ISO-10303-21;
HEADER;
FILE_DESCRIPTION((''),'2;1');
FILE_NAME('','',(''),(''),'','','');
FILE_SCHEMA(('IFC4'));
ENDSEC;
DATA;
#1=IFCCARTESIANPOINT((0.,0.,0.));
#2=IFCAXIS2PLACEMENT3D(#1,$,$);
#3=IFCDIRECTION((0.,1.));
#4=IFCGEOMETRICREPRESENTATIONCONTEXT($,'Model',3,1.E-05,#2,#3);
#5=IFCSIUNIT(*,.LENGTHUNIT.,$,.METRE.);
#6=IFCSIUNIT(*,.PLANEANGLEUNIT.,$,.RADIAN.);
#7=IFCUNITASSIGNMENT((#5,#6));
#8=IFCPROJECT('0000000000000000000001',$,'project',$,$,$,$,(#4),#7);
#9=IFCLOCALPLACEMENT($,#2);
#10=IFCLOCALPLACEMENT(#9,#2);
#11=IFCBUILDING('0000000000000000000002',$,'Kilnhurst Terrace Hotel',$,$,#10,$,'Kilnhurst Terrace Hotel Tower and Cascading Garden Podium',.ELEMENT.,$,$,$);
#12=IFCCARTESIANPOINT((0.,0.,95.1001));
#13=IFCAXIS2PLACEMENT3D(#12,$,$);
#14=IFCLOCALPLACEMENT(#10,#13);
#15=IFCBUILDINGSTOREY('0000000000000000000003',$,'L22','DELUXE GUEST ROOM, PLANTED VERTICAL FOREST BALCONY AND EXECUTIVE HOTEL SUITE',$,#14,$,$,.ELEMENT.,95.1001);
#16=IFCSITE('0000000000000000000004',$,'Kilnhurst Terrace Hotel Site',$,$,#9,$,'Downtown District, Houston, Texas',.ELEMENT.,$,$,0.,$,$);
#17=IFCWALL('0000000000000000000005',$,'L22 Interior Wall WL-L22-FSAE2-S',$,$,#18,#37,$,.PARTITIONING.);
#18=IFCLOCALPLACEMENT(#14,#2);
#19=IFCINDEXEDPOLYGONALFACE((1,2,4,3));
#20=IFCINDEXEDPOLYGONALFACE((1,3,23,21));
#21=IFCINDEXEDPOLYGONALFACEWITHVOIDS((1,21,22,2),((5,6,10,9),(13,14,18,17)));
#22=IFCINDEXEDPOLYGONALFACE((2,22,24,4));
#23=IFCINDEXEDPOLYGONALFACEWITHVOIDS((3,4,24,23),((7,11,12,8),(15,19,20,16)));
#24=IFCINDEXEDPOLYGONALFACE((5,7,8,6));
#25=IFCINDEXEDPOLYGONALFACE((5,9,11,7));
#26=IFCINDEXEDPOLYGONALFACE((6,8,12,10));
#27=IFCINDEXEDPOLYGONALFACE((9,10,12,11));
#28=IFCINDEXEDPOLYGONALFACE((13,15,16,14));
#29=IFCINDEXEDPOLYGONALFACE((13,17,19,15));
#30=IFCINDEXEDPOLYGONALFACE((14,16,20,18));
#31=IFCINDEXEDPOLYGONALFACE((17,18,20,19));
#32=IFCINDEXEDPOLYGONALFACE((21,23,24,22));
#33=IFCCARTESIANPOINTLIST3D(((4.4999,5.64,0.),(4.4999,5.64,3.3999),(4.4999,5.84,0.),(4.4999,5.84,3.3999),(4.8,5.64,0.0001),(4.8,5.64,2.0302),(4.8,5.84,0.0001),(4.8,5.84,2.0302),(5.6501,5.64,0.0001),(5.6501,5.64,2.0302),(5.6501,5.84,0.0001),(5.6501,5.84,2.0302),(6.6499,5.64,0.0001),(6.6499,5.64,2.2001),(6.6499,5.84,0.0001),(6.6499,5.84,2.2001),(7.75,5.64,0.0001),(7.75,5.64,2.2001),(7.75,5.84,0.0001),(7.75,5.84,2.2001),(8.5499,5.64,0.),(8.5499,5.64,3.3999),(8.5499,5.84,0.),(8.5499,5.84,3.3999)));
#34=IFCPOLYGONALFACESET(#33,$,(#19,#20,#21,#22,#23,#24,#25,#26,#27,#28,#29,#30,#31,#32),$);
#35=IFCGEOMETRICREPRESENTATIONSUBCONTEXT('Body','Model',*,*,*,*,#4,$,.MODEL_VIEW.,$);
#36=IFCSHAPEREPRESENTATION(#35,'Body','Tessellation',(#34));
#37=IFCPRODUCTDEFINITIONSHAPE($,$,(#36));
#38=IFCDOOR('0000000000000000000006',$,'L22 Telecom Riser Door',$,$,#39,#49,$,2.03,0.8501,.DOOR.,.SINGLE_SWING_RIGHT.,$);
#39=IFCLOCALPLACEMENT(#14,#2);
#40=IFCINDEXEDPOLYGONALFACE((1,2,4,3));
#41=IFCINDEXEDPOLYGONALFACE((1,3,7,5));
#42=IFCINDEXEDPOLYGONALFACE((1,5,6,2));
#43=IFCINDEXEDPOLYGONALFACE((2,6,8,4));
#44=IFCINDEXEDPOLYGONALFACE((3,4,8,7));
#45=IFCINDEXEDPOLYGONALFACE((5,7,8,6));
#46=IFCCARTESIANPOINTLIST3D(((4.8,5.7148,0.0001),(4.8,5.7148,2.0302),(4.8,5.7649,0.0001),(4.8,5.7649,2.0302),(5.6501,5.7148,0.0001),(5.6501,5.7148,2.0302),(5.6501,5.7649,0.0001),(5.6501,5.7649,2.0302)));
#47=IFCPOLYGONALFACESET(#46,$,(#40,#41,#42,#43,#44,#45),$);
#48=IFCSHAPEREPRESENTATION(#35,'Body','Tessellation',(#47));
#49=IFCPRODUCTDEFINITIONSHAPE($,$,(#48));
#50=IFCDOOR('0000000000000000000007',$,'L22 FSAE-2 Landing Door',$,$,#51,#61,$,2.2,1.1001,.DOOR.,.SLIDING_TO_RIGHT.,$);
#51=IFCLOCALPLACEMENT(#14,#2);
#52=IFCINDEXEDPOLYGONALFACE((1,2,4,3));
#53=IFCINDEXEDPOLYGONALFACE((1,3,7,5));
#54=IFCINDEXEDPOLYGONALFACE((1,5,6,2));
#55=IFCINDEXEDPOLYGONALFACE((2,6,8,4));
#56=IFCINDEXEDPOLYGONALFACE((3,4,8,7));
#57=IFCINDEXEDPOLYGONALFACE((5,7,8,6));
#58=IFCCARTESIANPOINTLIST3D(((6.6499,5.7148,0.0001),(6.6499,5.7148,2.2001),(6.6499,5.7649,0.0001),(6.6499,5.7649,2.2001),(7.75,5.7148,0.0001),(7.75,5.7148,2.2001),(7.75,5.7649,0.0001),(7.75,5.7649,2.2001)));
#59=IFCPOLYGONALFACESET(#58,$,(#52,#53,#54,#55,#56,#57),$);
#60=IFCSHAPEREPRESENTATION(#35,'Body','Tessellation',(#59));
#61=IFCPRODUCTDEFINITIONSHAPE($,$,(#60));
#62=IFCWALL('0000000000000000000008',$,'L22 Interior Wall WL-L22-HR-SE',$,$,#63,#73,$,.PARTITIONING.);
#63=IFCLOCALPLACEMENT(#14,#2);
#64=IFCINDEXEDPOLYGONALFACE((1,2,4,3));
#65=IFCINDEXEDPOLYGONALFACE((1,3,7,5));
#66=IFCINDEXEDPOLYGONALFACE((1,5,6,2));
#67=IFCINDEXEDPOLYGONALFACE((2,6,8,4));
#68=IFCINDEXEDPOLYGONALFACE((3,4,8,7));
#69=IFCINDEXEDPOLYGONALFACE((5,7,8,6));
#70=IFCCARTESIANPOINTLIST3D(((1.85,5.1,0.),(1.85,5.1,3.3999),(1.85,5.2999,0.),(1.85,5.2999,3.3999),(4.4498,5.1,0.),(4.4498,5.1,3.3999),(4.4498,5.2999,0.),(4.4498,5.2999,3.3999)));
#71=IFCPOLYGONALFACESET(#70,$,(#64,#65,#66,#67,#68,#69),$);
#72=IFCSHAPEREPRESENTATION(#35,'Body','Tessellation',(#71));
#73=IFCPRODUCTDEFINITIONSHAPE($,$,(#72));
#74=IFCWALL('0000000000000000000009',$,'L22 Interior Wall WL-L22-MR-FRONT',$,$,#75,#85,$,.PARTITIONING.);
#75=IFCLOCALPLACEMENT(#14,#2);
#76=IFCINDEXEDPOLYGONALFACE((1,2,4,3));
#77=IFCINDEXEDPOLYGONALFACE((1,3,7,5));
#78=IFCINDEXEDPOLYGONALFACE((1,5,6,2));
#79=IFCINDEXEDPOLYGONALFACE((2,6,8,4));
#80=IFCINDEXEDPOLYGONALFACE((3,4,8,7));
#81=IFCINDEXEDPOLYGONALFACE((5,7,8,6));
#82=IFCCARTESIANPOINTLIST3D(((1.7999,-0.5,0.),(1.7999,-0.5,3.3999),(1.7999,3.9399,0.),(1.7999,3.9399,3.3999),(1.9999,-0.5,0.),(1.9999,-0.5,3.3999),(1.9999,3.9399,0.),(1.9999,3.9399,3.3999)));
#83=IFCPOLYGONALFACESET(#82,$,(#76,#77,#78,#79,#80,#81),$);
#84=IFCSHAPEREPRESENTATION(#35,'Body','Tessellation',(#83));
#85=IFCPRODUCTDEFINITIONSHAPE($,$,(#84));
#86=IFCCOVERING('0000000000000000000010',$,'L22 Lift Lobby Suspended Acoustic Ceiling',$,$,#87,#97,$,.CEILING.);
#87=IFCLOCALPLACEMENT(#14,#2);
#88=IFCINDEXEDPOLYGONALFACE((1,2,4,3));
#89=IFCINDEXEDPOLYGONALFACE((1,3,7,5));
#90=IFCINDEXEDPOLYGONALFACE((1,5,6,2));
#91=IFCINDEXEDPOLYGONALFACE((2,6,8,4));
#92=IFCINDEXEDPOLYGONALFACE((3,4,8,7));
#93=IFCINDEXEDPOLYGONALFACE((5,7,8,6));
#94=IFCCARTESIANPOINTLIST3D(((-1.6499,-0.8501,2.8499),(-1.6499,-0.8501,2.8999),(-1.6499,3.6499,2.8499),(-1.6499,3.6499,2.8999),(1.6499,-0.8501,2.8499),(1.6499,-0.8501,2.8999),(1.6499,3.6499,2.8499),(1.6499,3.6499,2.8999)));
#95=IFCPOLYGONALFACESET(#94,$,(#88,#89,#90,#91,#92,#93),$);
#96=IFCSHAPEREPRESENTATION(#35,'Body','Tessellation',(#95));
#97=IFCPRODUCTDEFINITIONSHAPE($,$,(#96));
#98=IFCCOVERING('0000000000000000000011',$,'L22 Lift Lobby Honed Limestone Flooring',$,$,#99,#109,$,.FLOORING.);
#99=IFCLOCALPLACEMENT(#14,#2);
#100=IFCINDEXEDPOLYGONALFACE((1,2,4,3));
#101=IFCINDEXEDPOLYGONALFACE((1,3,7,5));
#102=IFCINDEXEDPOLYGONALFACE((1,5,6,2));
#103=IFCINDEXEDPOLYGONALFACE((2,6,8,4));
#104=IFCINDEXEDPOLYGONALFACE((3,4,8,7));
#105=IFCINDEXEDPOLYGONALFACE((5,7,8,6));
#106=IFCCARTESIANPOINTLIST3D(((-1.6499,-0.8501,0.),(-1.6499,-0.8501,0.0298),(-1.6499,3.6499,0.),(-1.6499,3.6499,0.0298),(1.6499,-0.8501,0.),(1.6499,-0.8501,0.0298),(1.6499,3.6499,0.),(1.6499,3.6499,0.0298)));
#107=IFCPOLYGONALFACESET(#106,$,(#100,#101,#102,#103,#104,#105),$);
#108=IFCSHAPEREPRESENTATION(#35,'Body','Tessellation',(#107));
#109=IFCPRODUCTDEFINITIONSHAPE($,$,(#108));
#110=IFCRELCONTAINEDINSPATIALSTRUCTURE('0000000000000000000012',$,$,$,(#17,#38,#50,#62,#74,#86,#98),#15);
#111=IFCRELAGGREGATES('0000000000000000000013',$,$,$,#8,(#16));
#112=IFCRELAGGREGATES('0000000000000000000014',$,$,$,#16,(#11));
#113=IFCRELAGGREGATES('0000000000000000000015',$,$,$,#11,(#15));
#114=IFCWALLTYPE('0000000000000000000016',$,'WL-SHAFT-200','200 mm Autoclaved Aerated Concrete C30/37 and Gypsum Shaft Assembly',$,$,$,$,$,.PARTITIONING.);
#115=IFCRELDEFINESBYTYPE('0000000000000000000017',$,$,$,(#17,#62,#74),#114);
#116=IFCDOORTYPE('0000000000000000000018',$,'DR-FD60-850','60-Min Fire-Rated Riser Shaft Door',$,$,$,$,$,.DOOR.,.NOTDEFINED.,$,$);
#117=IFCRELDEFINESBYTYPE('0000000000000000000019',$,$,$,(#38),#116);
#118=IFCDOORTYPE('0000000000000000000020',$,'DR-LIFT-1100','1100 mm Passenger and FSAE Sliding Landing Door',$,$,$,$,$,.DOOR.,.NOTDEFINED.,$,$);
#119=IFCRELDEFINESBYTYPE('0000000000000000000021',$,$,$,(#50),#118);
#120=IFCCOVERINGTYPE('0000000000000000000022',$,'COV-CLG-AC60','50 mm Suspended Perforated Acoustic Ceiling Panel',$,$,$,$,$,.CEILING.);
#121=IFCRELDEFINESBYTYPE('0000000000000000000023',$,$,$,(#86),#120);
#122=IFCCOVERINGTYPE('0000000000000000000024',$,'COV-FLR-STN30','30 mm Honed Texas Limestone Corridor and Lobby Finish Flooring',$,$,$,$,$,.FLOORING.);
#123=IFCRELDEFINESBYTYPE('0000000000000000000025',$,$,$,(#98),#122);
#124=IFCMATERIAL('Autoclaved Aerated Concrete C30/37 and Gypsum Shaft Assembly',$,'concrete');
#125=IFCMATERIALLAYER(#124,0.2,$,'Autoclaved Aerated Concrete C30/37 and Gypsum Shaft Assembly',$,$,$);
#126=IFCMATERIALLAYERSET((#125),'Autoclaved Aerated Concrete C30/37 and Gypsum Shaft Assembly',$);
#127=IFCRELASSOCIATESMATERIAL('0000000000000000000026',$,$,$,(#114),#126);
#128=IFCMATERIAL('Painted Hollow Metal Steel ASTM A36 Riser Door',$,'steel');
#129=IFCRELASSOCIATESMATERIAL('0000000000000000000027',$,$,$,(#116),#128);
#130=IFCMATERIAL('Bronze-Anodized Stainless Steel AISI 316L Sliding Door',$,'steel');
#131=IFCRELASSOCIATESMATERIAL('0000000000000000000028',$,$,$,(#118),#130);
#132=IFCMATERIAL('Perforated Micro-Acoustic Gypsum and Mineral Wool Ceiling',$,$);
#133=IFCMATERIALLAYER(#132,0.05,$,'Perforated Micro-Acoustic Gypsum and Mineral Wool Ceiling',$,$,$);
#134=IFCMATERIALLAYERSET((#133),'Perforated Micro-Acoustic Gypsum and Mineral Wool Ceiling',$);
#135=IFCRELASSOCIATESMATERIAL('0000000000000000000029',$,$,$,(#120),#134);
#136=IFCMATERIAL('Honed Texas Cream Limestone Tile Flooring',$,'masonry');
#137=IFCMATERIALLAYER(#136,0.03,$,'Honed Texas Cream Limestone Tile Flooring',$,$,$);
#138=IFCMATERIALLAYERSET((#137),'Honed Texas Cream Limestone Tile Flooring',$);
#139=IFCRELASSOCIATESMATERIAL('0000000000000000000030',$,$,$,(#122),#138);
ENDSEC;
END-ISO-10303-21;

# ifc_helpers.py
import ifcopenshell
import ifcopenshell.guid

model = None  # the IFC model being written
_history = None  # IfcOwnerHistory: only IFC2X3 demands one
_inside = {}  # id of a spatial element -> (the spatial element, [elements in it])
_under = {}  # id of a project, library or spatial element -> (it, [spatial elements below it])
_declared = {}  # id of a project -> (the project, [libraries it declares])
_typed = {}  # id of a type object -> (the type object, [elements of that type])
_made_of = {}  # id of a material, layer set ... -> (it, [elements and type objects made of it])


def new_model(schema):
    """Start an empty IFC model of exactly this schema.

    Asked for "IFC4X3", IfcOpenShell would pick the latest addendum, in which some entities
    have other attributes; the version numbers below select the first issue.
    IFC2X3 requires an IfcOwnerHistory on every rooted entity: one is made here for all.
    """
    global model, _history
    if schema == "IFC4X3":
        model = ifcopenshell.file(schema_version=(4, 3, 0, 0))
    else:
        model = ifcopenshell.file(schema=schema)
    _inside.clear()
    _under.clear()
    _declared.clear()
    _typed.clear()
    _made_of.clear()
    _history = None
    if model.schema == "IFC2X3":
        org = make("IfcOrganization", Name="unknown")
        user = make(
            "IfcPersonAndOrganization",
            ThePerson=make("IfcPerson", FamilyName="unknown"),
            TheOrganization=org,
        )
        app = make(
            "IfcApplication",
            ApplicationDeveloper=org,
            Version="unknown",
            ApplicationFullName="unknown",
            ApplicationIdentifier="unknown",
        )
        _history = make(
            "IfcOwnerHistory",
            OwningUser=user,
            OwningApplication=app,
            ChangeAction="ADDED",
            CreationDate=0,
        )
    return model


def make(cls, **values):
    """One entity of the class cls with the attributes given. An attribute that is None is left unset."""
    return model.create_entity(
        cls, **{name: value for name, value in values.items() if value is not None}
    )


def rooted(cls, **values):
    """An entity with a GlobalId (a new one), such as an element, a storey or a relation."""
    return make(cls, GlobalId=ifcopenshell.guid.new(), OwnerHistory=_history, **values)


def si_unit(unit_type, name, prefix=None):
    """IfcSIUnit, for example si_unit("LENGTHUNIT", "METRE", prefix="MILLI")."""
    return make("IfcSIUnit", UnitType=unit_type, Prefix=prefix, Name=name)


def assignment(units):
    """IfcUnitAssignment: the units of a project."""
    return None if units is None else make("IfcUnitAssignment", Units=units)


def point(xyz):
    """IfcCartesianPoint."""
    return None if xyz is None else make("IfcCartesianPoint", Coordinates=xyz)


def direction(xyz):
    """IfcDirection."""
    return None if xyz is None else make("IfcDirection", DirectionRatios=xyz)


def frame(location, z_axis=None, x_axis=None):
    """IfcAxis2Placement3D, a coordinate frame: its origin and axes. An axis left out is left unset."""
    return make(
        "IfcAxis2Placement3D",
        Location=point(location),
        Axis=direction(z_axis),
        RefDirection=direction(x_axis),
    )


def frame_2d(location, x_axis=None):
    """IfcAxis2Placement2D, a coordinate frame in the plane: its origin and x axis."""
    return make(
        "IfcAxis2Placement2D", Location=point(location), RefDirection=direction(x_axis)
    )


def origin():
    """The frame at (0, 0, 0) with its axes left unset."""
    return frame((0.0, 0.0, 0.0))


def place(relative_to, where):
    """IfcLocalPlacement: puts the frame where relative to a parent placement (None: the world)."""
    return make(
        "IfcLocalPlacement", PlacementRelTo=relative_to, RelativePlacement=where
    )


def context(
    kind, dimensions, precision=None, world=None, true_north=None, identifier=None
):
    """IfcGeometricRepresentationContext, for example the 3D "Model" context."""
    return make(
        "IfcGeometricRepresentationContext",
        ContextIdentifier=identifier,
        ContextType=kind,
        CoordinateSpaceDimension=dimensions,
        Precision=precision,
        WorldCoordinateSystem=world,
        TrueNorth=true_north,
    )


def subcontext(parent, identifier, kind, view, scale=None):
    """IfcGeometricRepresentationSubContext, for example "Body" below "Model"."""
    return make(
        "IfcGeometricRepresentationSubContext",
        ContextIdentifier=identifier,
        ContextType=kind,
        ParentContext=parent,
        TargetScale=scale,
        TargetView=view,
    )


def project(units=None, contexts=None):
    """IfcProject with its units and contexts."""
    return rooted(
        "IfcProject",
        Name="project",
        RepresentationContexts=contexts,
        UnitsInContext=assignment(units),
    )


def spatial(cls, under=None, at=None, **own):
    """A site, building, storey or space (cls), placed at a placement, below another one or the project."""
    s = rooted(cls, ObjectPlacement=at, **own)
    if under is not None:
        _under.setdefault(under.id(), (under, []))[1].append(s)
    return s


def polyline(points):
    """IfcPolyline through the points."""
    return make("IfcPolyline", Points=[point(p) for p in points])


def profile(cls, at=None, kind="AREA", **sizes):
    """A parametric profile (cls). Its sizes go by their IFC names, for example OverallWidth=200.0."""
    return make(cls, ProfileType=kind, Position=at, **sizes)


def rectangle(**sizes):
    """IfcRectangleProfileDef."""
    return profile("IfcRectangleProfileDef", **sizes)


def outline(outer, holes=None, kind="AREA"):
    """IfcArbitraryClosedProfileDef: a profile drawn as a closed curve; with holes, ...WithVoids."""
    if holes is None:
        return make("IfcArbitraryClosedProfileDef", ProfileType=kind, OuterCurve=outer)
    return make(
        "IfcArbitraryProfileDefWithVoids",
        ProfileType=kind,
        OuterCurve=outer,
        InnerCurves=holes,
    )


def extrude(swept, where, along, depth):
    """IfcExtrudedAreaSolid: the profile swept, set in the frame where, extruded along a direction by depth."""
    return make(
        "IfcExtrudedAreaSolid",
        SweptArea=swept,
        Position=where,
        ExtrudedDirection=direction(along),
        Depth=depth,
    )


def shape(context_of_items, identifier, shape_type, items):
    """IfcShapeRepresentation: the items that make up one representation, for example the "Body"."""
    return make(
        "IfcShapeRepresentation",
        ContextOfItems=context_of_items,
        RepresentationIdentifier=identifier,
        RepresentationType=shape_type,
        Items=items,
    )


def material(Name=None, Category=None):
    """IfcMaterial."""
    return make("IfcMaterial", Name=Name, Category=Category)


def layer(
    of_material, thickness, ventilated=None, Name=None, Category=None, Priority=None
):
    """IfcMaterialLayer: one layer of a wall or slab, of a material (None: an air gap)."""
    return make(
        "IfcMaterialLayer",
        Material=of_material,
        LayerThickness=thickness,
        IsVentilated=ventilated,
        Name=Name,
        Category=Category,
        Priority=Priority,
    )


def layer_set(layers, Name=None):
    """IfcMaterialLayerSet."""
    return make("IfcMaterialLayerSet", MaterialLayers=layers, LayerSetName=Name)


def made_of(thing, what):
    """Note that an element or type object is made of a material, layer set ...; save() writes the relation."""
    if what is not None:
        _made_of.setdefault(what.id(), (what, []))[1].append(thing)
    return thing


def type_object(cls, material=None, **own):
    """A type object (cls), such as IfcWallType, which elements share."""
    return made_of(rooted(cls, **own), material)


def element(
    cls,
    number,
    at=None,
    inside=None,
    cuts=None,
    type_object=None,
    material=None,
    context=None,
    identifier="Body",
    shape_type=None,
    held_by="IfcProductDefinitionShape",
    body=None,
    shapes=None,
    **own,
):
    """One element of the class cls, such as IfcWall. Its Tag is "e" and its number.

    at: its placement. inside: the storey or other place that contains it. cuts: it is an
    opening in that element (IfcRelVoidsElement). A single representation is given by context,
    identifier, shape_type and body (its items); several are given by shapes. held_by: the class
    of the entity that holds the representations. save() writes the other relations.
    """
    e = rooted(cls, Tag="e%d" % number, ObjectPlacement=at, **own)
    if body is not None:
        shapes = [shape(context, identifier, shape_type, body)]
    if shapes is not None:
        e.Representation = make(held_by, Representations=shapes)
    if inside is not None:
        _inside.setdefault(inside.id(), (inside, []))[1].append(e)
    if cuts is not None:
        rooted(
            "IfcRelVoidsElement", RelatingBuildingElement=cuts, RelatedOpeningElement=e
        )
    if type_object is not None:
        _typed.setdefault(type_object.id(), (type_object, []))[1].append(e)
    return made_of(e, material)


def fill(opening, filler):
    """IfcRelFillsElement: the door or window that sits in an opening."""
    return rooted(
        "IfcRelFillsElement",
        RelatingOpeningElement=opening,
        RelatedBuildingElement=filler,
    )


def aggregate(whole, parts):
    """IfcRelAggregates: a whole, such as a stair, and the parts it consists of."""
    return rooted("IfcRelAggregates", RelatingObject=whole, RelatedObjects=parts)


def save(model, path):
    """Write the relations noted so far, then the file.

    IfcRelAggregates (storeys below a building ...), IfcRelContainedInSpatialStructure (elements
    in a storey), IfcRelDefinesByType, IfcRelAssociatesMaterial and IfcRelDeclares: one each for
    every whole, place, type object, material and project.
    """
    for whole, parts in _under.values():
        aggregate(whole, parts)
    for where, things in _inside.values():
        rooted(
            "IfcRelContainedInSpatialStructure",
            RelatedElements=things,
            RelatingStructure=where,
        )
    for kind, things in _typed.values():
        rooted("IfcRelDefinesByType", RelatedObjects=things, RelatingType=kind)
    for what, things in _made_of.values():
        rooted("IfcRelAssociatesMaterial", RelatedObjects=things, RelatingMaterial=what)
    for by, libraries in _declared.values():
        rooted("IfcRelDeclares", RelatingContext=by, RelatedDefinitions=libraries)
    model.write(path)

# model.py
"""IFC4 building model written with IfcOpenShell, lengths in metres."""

from ifc_helpers import new_model, si_unit, direction, frame, frame_2d, origin, place, context, subcontext, project, spatial, polyline, rectangle, outline, extrude, material, layer, layer_set, type_object, element, fill, save


model = new_model("IFC4")

# Units and contexts
model_context = context("Model", 3, precision=1e-05, world=origin(), true_north=direction((0.0, 1.0)))
body_context = subcontext(model_context, "Body", "Model", "MODEL_VIEW")
ifc_project = project(units=[si_unit("LENGTHUNIT", "METRE"), si_unit("PLANEANGLEUNIT", "RADIAN")], contexts=[model_context])

# Site, building, storey
site_placement = place(None, origin())
site = spatial("IfcSite", under=ifc_project, at=site_placement, Name="Kilnhurst Terrace Hotel Site", LongName="Downtown District, Houston, Texas", CompositionType="ELEMENT", RefElevation=0.0)
building_placement = place(site_placement, origin())
building = spatial("IfcBuilding", under=site, at=building_placement, Name="Kilnhurst Terrace Hotel", LongName="Kilnhurst Terrace Hotel Tower and Cascading Garden Podium", CompositionType="ELEMENT")
storey_placement = place(building_placement, frame((0.0, 0.0, 95.1001)))
storey = spatial("IfcBuildingStorey", under=building, at=storey_placement, Name="L22", Description="DELUXE GUEST ROOM, PLANTED VERTICAL FOREST BALCONY AND EXECUTIVE HOTEL SUITE", CompositionType="ELEMENT", Elevation=95.1001)

# Wall, openings, doors
ifc_material_1 = material(Name="Autoclaved Aerated Concrete C30/37 and Gypsum Shaft Assembly", Category="concrete")
ifc_layer_1 = layer(ifc_material_1, 0.2, Name="Autoclaved Aerated Concrete C30/37 and Gypsum Shaft Assembly")
ifc_layer_set_1 = layer_set([ifc_layer_1], Name="Autoclaved Aerated Concrete C30/37 and Gypsum Shaft Assembly")
wall_type_1 = type_object("IfcWallType", Name="WL-SHAFT-200", Description="200 mm Autoclaved Aerated Concrete C30/37 and Gypsum Shaft Assembly", PredefinedType="PARTITIONING", material=ifc_layer_set_1)
wall_1_placement = place(storey_placement, frame((4.5, 5.74, 0.0), z_axis=(0.0, 0.0, 1.0), x_axis=(1.0, 0.0, 0.0)))
wall_1 = element("IfcWall", 1, at=wall_1_placement, inside=storey, type_object=wall_type_1, Name="L22 Interior Wall WL-L22-FSAE2-S", PredefinedType="PARTITIONING", context=body_context, shape_type="SweptSolid", body=[
    extrude(rectangle(XDim=4.05, YDim=0.2, at=frame_2d((2.0249, 0.0))), origin(), (0.0, 0.0, 1.0), 3.3999),
])
opening_1_placement = place(wall_1_placement, frame((0.3, 0.0, 0.0)))
opening_1 = element("IfcOpeningElement", 2, at=opening_1_placement, cuts=wall_1, PredefinedType="OPENING", context=body_context, shape_type="SweptSolid", body=[
    extrude(rectangle(XDim=0.8501, YDim=2.03, at=frame_2d((0.425, 1.0151))), frame((0.0, 0.1099, 0.0), z_axis=(0.0, -1.0, 0.0), x_axis=(1.0, 0.0, 0.0)), (0.0, 0.0, 1.0), 0.22),
])
opening_2_placement = place(wall_1_placement, frame((2.1499, 0.0, 0.0)))
opening_2 = element("IfcOpeningElement", 3, at=opening_2_placement, cuts=wall_1, PredefinedType="OPENING", context=body_context, shape_type="SweptSolid", body=[
    extrude(rectangle(XDim=1.1001, YDim=2.2, at=frame_2d((0.55, 1.1001))), frame((0.0, 0.1099, 0.0), z_axis=(0.0, -1.0, 0.0), x_axis=(1.0, 0.0, 0.0)), (0.0, 0.0, 1.0), 0.22),
])
ifc_material_2 = material(Name="Painted Hollow Metal Steel ASTM A36 Riser Door", Category="steel")
door_type_1 = type_object("IfcDoorType", Name="DR-FD60-850", Description="60-Min Fire-Rated Riser Shaft Door", OperationType="NOTDEFINED", PredefinedType="DOOR", material=ifc_material_2)
door_1_placement = place(opening_1_placement, origin())
door_1 = element("IfcDoor", 4, at=door_1_placement, inside=storey, type_object=door_type_1, Name="L22 Telecom Riser Door", OperationType="SINGLE_SWING_RIGHT", OverallHeight=2.03, OverallWidth=0.8501, PredefinedType="DOOR", context=body_context, shape_type="SweptSolid", body=[
    extrude(rectangle(XDim=0.8501, YDim=2.03, at=frame_2d((0.425, 1.0151))), frame((0.0, 0.0249, 0.0), z_axis=(0.0, -1.0, 0.0), x_axis=(1.0, 0.0, 0.0)), (0.0, 0.0, 1.0), 0.05),
])
fill(opening_1, door_1)
ifc_material_3 = material(Name="Bronze-Anodized Stainless Steel AISI 316L Sliding Door", Category="steel")
door_type_2 = type_object("IfcDoorType", Name="DR-LIFT-1100", Description="1100 mm Passenger and FSAE Sliding Landing Door", OperationType="NOTDEFINED", PredefinedType="DOOR", material=ifc_material_3)
door_2_placement = place(opening_2_placement, origin())
door_2 = element("IfcDoor", 5, at=door_2_placement, inside=storey, type_object=door_type_2, Name="L22 FSAE-2 Landing Door", OperationType="SLIDING_TO_RIGHT", OverallHeight=2.2, OverallWidth=1.1001, PredefinedType="DOOR", context=body_context, shape_type="SweptSolid", body=[
    extrude(rectangle(XDim=1.1001, YDim=2.2, at=frame_2d((0.55, 1.1001))), frame((0.0, 0.0249, 0.0), z_axis=(0.0, -1.0, 0.0), x_axis=(1.0, 0.0, 0.0)), (0.0, 0.0, 1.0), 0.05),
])
fill(opening_2, door_2)

# Walls
wall_2_placement = place(storey_placement, frame((1.8501, 5.2, 0.0), z_axis=(0.0, 0.0, 1.0), x_axis=(1.0, 0.0, 0.0)))
element("IfcWall", 6, at=wall_2_placement, inside=storey, type_object=wall_type_1, Name="L22 Interior Wall WL-L22-HR-SE", PredefinedType="PARTITIONING", context=body_context, shape_type="SweptSolid", body=[
    extrude(rectangle(XDim=2.5999, YDim=0.2, at=frame_2d((1.2998, 0.0))), origin(), (0.0, 0.0, 1.0), 3.3999),
])
wall_3_placement = place(storey_placement, frame((1.8999, -0.5, 0.0), z_axis=(0.0, 0.0, 1.0), x_axis=(0.0, 1.0, 0.0)))
element("IfcWall", 7, at=wall_3_placement, inside=storey, type_object=wall_type_1, Name="L22 Interior Wall WL-L22-MR-FRONT", PredefinedType="PARTITIONING", context=body_context, shape_type="SweptSolid", body=[
    extrude(rectangle(XDim=4.4399, YDim=0.2, at=frame_2d((2.22, 0.0))), origin(), (0.0, 0.0, 1.0), 3.3999),
])

# Coverings
ifc_material_4 = material(Name="Perforated Micro-Acoustic Gypsum and Mineral Wool Ceiling")
ifc_layer_2 = layer(ifc_material_4, 0.05, Name="Perforated Micro-Acoustic Gypsum and Mineral Wool Ceiling")
ifc_layer_set_2 = layer_set([ifc_layer_2], Name="Perforated Micro-Acoustic Gypsum and Mineral Wool Ceiling")
covering_type_1 = type_object("IfcCoveringType", Name="COV-CLG-AC60", Description="50 mm Suspended Perforated Acoustic Ceiling Panel", PredefinedType="CEILING", material=ifc_layer_set_2)
covering_1_placement = place(storey_placement, frame((0.0, 0.0, 2.8499)))
element("IfcCovering", 8, at=covering_1_placement, inside=storey, type_object=covering_type_1, Name="L22 Lift Lobby Suspended Acoustic Ceiling", PredefinedType="CEILING", context=body_context, shape_type="SweptSolid", body=[
    extrude(outline(polyline([(-1.6499, -0.8501), (1.6499, -0.8501), (1.6499, 3.6499), (-1.6499, 3.6499), (-1.6499, -0.8501)])), origin(), (0.0, 0.0, 1.0), 0.05),
])
ifc_material_5 = material(Name="Honed Texas Cream Limestone Tile Flooring", Category="masonry")
ifc_layer_3 = layer(ifc_material_5, 0.03, Name="Honed Texas Cream Limestone Tile Flooring")
ifc_layer_set_3 = layer_set([ifc_layer_3], Name="Honed Texas Cream Limestone Tile Flooring")
covering_type_2 = type_object("IfcCoveringType", Name="COV-FLR-STN30", Description="30 mm Honed Texas Limestone Corridor and Lobby Finish Flooring", PredefinedType="FLOORING", material=ifc_layer_set_3)
covering_2_placement = place(storey_placement, origin())
element("IfcCovering", 9, at=covering_2_placement, inside=storey, type_object=covering_type_2, Name="L22 Lift Lobby Honed Limestone Flooring", PredefinedType="FLOORING", context=body_context, shape_type="SweptSolid", body=[
    extrude(outline(polyline([(-1.6499, -0.8501), (1.6499, -0.8501), (1.6499, 3.6499), (-1.6499, 3.6499), (-1.6499, -0.8501)])), origin(), (0.0, 0.0, 1.0), 0.0298),
])

save(model, "model.ifc")
